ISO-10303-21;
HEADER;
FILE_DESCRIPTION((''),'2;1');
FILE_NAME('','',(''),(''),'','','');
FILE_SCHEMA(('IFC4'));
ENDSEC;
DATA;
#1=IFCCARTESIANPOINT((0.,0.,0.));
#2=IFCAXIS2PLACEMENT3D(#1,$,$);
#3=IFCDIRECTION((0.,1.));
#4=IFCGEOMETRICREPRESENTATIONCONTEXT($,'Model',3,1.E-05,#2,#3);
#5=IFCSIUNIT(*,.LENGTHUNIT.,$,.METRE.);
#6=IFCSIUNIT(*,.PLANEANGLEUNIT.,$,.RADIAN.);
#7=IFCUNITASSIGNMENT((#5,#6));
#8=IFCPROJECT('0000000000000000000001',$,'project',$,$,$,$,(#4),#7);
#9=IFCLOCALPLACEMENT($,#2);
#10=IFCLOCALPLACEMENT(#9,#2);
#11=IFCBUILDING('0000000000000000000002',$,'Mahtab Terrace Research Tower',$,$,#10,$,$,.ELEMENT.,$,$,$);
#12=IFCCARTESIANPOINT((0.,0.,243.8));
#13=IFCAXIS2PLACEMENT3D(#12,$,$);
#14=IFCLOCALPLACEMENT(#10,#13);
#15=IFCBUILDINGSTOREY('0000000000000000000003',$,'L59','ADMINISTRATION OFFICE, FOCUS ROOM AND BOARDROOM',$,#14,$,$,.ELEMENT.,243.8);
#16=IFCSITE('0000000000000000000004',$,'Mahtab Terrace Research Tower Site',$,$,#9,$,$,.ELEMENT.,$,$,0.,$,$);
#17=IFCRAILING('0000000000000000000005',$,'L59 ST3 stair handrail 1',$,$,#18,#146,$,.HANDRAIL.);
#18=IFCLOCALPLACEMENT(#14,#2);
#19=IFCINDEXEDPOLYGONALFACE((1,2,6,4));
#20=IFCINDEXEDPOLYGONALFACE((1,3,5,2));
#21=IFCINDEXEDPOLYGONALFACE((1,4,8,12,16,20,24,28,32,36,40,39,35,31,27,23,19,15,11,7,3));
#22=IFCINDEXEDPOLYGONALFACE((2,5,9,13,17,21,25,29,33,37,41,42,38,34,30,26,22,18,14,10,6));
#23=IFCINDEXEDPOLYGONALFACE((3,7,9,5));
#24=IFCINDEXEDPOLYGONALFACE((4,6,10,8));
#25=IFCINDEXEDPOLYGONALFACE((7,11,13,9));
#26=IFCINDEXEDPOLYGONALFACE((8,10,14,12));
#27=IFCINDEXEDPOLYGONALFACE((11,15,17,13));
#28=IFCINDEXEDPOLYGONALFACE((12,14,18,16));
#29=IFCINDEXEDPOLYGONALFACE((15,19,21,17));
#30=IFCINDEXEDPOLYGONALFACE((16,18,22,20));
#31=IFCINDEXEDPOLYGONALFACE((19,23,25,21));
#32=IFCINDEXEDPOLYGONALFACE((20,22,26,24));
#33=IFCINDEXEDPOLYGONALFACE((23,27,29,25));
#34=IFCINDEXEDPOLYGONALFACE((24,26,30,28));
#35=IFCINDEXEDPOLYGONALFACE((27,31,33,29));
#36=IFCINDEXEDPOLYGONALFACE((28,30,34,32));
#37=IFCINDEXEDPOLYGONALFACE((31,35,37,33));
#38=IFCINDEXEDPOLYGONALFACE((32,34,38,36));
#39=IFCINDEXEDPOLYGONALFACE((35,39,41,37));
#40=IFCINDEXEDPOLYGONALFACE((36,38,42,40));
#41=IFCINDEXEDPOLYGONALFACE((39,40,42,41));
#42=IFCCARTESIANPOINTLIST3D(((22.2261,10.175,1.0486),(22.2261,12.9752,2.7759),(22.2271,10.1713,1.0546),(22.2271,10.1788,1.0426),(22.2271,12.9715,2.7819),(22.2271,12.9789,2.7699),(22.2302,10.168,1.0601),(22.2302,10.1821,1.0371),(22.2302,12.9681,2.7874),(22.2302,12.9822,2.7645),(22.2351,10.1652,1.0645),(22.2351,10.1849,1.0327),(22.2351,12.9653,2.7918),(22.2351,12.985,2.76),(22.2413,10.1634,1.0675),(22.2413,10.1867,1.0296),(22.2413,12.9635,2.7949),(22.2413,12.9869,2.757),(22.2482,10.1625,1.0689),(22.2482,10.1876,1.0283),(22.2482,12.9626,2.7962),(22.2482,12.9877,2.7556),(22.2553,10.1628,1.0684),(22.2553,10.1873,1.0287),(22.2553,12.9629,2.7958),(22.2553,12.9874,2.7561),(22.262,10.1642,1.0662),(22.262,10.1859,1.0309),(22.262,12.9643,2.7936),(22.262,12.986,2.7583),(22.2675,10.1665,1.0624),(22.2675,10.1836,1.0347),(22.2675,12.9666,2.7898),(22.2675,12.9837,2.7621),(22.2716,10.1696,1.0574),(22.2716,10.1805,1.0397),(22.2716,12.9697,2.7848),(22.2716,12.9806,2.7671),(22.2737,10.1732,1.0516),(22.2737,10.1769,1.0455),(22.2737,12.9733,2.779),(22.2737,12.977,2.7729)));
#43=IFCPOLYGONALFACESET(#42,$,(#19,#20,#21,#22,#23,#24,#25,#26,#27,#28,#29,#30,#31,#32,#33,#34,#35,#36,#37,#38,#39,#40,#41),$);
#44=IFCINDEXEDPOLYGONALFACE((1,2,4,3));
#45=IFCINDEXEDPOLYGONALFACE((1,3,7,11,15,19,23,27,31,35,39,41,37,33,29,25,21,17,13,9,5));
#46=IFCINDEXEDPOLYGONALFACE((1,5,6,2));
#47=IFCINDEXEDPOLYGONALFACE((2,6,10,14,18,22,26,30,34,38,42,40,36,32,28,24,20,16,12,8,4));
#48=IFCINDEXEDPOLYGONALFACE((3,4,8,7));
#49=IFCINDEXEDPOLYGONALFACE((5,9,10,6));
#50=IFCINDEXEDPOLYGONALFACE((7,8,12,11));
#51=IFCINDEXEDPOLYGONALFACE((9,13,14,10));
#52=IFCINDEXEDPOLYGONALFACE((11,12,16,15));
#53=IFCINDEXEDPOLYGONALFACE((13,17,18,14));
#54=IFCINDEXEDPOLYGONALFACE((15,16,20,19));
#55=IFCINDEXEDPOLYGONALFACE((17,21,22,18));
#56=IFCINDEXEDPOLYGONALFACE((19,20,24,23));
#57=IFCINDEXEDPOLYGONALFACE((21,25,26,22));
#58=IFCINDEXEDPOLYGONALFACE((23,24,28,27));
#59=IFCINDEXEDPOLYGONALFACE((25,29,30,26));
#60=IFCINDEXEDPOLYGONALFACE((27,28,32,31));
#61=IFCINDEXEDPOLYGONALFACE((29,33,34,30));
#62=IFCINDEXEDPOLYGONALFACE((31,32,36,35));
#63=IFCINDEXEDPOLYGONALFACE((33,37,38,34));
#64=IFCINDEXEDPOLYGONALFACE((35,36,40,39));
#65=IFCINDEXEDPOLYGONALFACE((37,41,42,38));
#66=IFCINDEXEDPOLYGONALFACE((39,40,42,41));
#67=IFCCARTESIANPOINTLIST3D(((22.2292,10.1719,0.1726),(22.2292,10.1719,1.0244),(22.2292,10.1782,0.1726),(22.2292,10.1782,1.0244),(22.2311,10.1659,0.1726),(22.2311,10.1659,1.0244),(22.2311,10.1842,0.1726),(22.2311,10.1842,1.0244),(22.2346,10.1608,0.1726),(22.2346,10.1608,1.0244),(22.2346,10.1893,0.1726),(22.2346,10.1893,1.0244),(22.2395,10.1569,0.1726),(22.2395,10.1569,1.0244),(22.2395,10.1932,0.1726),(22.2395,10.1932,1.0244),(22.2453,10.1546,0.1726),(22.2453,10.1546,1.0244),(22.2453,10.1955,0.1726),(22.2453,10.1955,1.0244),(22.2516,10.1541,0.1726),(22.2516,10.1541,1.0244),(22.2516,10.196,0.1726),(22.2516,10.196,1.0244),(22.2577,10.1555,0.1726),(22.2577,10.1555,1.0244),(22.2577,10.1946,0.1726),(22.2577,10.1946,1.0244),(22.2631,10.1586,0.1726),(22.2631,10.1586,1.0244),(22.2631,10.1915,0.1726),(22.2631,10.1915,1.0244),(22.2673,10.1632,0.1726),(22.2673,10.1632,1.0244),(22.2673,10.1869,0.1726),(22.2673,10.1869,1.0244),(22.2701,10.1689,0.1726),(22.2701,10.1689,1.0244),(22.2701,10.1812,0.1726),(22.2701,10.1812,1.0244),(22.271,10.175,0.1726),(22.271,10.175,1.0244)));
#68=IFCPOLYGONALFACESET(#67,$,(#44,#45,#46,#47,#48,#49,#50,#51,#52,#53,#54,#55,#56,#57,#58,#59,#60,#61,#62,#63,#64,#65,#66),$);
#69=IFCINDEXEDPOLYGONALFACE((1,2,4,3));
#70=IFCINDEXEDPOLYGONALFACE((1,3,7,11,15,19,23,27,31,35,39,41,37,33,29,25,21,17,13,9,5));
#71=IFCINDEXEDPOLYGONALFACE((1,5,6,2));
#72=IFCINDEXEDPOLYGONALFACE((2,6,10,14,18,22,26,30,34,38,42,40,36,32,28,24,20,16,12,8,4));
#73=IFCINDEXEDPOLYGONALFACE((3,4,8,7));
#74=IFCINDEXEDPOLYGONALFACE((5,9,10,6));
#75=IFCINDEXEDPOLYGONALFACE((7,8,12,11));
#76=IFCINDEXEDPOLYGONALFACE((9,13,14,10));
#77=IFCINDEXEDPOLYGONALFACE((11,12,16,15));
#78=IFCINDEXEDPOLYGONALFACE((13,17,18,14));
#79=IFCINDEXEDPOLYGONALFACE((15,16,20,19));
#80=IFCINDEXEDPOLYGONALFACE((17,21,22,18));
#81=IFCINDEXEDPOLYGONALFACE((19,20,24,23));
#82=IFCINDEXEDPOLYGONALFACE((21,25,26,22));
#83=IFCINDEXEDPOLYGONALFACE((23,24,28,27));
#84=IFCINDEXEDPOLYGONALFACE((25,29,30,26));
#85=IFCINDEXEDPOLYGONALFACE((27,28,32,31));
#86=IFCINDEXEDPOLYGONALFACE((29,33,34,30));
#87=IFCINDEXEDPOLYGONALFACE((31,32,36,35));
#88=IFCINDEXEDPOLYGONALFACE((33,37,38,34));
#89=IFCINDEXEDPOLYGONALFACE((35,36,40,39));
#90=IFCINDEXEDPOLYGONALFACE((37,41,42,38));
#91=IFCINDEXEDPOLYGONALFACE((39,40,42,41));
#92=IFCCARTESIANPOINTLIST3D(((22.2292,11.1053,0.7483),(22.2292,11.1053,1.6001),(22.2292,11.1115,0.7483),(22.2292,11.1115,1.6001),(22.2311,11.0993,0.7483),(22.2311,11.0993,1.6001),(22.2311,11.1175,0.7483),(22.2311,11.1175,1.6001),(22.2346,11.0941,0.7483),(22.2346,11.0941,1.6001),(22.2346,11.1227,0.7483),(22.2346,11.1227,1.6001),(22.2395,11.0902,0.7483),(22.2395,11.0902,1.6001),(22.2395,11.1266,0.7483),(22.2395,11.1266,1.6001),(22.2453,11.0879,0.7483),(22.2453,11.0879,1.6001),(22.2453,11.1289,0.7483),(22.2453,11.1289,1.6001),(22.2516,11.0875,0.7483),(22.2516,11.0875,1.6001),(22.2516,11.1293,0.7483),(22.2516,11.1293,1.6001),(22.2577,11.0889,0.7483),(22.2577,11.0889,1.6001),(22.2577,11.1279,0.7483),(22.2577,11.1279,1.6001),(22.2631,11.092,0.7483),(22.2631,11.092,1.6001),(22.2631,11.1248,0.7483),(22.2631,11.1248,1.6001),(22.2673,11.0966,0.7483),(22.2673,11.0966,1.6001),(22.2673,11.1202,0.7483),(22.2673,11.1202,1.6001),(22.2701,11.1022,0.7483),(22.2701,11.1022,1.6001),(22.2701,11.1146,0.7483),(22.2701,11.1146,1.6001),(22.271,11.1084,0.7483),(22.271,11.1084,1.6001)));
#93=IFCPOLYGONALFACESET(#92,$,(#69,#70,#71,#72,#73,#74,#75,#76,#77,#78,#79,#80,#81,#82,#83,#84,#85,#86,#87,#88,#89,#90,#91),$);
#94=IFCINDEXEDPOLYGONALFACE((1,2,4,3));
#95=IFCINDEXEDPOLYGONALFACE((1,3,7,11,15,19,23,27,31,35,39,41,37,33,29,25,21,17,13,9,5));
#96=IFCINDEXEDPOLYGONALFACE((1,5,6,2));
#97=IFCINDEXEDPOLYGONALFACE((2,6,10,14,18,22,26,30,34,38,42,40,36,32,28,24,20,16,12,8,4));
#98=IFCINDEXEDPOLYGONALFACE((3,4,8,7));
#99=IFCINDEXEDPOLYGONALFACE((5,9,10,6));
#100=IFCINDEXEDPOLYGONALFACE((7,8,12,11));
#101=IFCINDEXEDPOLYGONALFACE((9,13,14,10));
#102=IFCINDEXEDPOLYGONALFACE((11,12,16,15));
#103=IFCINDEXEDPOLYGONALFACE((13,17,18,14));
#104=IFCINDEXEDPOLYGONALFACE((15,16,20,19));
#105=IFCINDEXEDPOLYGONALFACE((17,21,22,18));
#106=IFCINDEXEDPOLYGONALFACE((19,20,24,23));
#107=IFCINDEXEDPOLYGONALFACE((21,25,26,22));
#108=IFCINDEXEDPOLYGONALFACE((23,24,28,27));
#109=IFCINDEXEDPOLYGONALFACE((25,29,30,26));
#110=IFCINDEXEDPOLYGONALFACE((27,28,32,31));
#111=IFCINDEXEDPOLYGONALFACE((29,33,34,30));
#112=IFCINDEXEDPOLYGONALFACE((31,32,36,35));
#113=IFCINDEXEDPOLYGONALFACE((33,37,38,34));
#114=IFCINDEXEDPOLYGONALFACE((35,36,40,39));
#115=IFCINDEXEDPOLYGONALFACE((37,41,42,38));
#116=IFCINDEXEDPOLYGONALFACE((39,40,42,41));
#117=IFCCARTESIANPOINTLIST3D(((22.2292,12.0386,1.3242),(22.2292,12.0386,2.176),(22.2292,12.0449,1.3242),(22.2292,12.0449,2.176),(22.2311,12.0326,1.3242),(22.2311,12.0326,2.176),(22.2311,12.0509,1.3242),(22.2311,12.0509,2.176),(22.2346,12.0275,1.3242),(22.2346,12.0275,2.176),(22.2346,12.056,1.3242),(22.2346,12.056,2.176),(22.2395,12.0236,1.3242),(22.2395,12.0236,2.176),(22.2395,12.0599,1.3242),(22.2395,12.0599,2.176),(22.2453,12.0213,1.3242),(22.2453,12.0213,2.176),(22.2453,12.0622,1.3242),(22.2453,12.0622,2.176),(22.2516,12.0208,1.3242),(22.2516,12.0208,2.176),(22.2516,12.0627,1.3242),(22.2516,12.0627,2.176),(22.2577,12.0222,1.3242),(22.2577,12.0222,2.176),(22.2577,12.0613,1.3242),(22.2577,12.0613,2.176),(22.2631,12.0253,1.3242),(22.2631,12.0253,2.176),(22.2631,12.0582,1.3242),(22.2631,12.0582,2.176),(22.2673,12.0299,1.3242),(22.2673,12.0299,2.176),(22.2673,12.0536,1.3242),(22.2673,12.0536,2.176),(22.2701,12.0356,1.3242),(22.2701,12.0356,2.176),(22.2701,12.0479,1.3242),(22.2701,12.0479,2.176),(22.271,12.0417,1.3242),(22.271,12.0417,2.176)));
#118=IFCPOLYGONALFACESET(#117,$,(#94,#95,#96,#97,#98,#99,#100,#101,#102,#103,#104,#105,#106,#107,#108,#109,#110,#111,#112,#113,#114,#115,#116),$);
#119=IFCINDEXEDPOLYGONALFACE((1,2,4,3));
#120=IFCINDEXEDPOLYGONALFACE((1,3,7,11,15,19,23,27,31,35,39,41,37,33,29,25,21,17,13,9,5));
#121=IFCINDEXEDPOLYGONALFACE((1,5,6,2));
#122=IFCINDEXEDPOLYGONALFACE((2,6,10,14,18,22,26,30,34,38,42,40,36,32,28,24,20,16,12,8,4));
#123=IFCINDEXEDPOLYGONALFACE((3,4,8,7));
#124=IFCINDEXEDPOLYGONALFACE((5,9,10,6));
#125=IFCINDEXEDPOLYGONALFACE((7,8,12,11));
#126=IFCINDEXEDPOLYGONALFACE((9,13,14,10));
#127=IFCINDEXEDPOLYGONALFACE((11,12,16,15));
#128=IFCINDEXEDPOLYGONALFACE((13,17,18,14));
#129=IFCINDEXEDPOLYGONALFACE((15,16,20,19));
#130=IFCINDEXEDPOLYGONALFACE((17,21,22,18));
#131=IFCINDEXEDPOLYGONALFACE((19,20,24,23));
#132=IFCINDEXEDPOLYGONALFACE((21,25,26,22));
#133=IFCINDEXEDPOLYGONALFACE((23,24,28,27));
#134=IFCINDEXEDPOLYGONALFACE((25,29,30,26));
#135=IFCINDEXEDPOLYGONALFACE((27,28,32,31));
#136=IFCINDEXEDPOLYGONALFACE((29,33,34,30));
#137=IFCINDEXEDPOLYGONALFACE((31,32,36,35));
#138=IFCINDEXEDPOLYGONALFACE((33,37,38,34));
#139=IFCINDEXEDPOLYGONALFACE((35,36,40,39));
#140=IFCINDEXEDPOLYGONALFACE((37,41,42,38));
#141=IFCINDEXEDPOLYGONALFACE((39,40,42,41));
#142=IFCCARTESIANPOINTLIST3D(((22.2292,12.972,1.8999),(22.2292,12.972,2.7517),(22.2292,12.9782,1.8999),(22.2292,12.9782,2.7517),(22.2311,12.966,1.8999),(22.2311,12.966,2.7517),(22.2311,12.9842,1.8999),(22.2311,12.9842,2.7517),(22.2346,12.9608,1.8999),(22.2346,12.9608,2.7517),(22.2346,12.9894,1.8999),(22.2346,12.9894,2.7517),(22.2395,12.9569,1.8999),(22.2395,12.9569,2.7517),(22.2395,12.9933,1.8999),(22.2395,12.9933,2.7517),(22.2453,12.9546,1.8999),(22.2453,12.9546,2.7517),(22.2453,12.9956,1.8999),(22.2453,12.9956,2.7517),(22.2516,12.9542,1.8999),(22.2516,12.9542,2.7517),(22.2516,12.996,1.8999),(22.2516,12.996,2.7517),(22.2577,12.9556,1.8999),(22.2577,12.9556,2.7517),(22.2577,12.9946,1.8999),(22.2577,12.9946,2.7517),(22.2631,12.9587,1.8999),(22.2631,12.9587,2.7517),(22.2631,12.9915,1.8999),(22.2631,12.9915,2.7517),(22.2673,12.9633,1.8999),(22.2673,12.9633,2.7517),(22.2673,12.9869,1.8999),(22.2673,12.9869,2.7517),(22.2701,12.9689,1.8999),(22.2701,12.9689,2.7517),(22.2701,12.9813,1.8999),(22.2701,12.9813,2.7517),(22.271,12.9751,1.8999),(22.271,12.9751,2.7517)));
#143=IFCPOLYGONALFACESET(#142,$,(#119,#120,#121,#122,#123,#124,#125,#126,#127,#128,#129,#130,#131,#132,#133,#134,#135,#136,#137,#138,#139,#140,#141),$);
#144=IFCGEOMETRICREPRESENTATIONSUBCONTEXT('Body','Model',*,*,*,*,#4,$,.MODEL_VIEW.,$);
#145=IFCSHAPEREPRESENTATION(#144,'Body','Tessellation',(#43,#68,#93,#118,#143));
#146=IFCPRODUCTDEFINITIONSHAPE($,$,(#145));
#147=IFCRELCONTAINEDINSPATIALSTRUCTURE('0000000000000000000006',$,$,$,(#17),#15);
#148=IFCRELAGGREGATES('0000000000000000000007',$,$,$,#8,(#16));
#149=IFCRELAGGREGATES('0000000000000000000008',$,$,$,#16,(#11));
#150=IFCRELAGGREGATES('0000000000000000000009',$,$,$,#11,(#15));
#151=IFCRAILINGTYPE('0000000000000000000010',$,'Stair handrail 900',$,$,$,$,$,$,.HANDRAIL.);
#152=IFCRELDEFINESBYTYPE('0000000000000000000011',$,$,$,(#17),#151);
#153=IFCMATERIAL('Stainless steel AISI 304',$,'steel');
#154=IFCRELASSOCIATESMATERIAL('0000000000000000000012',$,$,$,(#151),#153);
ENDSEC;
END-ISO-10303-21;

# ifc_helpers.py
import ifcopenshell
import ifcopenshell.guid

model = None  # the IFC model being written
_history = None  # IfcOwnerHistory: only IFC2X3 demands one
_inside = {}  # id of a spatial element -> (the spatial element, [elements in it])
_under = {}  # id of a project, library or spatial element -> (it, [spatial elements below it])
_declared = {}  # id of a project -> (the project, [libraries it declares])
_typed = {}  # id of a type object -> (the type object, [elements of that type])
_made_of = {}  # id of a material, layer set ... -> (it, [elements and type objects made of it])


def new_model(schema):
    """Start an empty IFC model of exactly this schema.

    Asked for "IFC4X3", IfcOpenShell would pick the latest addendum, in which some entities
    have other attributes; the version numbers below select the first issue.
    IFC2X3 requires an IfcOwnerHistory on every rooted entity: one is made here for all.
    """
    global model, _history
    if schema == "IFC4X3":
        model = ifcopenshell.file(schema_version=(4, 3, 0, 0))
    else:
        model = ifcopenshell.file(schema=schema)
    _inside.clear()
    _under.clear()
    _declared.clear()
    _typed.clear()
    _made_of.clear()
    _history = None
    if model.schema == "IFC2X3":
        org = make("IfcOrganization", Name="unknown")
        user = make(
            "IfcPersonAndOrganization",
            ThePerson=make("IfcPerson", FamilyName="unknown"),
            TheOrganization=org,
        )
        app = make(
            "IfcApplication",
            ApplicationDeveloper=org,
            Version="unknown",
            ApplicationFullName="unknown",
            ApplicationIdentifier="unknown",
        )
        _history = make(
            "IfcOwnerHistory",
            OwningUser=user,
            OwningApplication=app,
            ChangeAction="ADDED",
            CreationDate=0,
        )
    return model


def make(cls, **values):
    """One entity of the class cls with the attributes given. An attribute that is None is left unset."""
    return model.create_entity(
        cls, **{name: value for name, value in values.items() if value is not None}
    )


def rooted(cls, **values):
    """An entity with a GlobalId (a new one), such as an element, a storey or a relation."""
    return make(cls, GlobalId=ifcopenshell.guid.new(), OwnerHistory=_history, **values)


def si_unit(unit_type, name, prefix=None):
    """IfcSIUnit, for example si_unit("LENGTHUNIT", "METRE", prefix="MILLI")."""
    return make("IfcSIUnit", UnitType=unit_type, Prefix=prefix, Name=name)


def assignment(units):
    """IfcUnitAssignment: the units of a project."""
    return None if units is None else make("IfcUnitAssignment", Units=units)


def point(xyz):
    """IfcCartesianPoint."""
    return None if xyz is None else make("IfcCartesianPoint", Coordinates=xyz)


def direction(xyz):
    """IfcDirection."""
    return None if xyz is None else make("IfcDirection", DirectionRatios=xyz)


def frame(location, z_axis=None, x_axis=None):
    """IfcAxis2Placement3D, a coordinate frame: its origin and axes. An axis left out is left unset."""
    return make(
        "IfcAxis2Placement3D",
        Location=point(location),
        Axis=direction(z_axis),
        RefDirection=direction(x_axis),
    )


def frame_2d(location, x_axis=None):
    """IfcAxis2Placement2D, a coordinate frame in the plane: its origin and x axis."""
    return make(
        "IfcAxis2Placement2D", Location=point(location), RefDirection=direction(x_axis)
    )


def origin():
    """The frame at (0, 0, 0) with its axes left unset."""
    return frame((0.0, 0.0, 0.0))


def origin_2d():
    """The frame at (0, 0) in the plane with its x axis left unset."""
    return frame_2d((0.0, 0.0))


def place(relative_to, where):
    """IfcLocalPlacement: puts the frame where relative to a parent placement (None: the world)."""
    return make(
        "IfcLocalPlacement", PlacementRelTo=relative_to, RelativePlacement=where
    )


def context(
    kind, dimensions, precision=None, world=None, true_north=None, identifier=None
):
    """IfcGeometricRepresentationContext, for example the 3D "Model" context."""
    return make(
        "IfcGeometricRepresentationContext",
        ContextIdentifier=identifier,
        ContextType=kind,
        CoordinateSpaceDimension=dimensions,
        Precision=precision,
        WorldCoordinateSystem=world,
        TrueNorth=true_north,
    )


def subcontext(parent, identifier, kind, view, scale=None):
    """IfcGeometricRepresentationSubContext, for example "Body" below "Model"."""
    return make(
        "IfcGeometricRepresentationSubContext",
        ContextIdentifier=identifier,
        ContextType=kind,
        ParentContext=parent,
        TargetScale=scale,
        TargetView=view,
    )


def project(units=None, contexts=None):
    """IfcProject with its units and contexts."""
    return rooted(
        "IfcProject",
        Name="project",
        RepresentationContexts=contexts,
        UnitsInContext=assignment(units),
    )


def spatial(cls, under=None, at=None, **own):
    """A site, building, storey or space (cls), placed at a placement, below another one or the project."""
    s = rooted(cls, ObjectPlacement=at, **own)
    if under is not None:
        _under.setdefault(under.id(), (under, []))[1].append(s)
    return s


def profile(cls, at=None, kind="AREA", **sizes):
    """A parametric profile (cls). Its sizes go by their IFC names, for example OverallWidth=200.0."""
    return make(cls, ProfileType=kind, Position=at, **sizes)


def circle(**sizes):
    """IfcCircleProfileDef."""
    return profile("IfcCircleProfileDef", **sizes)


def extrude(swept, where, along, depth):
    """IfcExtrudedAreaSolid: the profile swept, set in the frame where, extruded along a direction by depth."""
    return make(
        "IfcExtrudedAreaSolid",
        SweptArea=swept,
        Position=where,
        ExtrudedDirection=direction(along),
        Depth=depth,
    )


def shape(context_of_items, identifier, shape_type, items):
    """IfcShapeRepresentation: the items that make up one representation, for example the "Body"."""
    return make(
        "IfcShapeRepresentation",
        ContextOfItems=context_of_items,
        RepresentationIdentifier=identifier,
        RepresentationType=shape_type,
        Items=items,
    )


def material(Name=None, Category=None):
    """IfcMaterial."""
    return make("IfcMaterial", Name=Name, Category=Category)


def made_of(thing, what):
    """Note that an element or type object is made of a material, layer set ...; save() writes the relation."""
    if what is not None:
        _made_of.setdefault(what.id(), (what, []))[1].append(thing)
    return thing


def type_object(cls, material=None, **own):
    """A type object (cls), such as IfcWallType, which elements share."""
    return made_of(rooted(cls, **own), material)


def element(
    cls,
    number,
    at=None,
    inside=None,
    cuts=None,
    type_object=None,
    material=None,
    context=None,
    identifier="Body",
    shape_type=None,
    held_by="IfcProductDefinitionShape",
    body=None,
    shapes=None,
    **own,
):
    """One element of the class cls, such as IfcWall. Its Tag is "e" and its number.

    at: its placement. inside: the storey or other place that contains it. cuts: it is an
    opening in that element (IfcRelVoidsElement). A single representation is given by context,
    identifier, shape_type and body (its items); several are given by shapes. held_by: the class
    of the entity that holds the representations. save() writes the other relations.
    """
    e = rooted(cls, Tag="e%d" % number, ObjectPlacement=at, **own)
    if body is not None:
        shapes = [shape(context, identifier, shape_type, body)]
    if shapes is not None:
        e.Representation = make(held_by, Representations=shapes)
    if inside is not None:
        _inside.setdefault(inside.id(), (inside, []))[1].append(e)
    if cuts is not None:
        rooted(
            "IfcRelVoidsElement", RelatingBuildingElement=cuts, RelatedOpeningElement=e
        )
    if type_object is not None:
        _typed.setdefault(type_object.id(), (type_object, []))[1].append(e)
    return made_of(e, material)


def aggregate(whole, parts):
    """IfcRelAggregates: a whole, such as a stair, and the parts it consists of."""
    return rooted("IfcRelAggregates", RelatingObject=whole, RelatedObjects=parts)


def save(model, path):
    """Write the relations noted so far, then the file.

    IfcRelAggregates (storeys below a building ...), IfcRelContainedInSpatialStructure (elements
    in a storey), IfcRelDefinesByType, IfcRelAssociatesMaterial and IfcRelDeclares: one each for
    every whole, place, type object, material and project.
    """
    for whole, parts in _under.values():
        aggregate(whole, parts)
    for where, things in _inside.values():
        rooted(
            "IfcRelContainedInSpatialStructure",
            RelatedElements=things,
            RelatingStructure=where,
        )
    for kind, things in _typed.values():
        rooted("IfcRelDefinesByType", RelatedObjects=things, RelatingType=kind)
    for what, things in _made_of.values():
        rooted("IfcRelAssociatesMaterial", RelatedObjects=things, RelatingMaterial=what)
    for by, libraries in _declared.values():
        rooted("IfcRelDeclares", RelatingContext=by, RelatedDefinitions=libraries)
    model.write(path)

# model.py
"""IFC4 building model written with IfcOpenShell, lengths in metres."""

from ifc_helpers import new_model, si_unit, direction, frame, origin, origin_2d, place, context, subcontext, project, spatial, circle, extrude, material, type_object, element, save


model = new_model("IFC4")

# Units and contexts
model_context = context("Model", 3, precision=1e-05, world=origin(), true_north=direction((0.0, 1.0)))
body_context = subcontext(model_context, "Body", "Model", "MODEL_VIEW")
ifc_project = project(units=[si_unit("LENGTHUNIT", "METRE"), si_unit("PLANEANGLEUNIT", "RADIAN")], contexts=[model_context])

# Site, building, storey
site_placement = place(None, origin())
site = spatial("IfcSite", under=ifc_project, at=site_placement, Name="Mahtab Terrace Research Tower Site", CompositionType="ELEMENT", RefElevation=0.0)
building_placement = place(site_placement, origin())
building = spatial("IfcBuilding", under=site, at=building_placement, Name="Mahtab Terrace Research Tower", CompositionType="ELEMENT")
storey_placement = place(building_placement, frame((0.0, 0.0, 243.8)))
storey = spatial("IfcBuildingStorey", under=building, at=storey_placement, Name="L59", Description="ADMINISTRATION OFFICE, FOCUS ROOM AND BOARDROOM", CompositionType="ELEMENT", Elevation=243.8)

# Railing
ifc_material_1 = material(Name="Stainless steel AISI 304", Category="steel")
railing_type_1 = type_object("IfcRailingType", Name="Stair handrail 900", PredefinedType="HANDRAIL", material=ifc_material_1)
railing_1_placement = place(storey_placement, frame((22.25, 10.175, 0.1726)))
element("IfcRailing", 1, at=railing_1_placement, inside=storey, type_object=railing_type_1, Name="L59 ST3 stair handrail 1", PredefinedType="HANDRAIL", context=body_context, shape_type="SweptSolid", body=[
    extrude(circle(Radius=0.0239, at=origin_2d()), frame((0.0, 0.0, 0.876), z_axis=(0.0, 0.85109, 0.52502), x_axis=(-1.0, 0.0, 0.0)), (0.0, 0.0, 1.0), 3.29),
    extrude(circle(Radius=0.021, at=origin_2d()), origin(), (0.0, 0.0, 1.0), 0.8518),
    extrude(circle(Radius=0.021, at=origin_2d()), frame((0.0, 0.9333, 0.5757)), (0.0, 0.0, 1.0), 0.8518),
    extrude(circle(Radius=0.021, at=origin_2d()), frame((0.0, 1.8667, 1.1516)), (0.0, 0.0, 1.0), 0.8518),
    extrude(circle(Radius=0.021, at=origin_2d()), frame((0.0, 2.8, 1.7273)), (0.0, 0.0, 1.0), 0.8518),
])

save(model, "model.ifc")
